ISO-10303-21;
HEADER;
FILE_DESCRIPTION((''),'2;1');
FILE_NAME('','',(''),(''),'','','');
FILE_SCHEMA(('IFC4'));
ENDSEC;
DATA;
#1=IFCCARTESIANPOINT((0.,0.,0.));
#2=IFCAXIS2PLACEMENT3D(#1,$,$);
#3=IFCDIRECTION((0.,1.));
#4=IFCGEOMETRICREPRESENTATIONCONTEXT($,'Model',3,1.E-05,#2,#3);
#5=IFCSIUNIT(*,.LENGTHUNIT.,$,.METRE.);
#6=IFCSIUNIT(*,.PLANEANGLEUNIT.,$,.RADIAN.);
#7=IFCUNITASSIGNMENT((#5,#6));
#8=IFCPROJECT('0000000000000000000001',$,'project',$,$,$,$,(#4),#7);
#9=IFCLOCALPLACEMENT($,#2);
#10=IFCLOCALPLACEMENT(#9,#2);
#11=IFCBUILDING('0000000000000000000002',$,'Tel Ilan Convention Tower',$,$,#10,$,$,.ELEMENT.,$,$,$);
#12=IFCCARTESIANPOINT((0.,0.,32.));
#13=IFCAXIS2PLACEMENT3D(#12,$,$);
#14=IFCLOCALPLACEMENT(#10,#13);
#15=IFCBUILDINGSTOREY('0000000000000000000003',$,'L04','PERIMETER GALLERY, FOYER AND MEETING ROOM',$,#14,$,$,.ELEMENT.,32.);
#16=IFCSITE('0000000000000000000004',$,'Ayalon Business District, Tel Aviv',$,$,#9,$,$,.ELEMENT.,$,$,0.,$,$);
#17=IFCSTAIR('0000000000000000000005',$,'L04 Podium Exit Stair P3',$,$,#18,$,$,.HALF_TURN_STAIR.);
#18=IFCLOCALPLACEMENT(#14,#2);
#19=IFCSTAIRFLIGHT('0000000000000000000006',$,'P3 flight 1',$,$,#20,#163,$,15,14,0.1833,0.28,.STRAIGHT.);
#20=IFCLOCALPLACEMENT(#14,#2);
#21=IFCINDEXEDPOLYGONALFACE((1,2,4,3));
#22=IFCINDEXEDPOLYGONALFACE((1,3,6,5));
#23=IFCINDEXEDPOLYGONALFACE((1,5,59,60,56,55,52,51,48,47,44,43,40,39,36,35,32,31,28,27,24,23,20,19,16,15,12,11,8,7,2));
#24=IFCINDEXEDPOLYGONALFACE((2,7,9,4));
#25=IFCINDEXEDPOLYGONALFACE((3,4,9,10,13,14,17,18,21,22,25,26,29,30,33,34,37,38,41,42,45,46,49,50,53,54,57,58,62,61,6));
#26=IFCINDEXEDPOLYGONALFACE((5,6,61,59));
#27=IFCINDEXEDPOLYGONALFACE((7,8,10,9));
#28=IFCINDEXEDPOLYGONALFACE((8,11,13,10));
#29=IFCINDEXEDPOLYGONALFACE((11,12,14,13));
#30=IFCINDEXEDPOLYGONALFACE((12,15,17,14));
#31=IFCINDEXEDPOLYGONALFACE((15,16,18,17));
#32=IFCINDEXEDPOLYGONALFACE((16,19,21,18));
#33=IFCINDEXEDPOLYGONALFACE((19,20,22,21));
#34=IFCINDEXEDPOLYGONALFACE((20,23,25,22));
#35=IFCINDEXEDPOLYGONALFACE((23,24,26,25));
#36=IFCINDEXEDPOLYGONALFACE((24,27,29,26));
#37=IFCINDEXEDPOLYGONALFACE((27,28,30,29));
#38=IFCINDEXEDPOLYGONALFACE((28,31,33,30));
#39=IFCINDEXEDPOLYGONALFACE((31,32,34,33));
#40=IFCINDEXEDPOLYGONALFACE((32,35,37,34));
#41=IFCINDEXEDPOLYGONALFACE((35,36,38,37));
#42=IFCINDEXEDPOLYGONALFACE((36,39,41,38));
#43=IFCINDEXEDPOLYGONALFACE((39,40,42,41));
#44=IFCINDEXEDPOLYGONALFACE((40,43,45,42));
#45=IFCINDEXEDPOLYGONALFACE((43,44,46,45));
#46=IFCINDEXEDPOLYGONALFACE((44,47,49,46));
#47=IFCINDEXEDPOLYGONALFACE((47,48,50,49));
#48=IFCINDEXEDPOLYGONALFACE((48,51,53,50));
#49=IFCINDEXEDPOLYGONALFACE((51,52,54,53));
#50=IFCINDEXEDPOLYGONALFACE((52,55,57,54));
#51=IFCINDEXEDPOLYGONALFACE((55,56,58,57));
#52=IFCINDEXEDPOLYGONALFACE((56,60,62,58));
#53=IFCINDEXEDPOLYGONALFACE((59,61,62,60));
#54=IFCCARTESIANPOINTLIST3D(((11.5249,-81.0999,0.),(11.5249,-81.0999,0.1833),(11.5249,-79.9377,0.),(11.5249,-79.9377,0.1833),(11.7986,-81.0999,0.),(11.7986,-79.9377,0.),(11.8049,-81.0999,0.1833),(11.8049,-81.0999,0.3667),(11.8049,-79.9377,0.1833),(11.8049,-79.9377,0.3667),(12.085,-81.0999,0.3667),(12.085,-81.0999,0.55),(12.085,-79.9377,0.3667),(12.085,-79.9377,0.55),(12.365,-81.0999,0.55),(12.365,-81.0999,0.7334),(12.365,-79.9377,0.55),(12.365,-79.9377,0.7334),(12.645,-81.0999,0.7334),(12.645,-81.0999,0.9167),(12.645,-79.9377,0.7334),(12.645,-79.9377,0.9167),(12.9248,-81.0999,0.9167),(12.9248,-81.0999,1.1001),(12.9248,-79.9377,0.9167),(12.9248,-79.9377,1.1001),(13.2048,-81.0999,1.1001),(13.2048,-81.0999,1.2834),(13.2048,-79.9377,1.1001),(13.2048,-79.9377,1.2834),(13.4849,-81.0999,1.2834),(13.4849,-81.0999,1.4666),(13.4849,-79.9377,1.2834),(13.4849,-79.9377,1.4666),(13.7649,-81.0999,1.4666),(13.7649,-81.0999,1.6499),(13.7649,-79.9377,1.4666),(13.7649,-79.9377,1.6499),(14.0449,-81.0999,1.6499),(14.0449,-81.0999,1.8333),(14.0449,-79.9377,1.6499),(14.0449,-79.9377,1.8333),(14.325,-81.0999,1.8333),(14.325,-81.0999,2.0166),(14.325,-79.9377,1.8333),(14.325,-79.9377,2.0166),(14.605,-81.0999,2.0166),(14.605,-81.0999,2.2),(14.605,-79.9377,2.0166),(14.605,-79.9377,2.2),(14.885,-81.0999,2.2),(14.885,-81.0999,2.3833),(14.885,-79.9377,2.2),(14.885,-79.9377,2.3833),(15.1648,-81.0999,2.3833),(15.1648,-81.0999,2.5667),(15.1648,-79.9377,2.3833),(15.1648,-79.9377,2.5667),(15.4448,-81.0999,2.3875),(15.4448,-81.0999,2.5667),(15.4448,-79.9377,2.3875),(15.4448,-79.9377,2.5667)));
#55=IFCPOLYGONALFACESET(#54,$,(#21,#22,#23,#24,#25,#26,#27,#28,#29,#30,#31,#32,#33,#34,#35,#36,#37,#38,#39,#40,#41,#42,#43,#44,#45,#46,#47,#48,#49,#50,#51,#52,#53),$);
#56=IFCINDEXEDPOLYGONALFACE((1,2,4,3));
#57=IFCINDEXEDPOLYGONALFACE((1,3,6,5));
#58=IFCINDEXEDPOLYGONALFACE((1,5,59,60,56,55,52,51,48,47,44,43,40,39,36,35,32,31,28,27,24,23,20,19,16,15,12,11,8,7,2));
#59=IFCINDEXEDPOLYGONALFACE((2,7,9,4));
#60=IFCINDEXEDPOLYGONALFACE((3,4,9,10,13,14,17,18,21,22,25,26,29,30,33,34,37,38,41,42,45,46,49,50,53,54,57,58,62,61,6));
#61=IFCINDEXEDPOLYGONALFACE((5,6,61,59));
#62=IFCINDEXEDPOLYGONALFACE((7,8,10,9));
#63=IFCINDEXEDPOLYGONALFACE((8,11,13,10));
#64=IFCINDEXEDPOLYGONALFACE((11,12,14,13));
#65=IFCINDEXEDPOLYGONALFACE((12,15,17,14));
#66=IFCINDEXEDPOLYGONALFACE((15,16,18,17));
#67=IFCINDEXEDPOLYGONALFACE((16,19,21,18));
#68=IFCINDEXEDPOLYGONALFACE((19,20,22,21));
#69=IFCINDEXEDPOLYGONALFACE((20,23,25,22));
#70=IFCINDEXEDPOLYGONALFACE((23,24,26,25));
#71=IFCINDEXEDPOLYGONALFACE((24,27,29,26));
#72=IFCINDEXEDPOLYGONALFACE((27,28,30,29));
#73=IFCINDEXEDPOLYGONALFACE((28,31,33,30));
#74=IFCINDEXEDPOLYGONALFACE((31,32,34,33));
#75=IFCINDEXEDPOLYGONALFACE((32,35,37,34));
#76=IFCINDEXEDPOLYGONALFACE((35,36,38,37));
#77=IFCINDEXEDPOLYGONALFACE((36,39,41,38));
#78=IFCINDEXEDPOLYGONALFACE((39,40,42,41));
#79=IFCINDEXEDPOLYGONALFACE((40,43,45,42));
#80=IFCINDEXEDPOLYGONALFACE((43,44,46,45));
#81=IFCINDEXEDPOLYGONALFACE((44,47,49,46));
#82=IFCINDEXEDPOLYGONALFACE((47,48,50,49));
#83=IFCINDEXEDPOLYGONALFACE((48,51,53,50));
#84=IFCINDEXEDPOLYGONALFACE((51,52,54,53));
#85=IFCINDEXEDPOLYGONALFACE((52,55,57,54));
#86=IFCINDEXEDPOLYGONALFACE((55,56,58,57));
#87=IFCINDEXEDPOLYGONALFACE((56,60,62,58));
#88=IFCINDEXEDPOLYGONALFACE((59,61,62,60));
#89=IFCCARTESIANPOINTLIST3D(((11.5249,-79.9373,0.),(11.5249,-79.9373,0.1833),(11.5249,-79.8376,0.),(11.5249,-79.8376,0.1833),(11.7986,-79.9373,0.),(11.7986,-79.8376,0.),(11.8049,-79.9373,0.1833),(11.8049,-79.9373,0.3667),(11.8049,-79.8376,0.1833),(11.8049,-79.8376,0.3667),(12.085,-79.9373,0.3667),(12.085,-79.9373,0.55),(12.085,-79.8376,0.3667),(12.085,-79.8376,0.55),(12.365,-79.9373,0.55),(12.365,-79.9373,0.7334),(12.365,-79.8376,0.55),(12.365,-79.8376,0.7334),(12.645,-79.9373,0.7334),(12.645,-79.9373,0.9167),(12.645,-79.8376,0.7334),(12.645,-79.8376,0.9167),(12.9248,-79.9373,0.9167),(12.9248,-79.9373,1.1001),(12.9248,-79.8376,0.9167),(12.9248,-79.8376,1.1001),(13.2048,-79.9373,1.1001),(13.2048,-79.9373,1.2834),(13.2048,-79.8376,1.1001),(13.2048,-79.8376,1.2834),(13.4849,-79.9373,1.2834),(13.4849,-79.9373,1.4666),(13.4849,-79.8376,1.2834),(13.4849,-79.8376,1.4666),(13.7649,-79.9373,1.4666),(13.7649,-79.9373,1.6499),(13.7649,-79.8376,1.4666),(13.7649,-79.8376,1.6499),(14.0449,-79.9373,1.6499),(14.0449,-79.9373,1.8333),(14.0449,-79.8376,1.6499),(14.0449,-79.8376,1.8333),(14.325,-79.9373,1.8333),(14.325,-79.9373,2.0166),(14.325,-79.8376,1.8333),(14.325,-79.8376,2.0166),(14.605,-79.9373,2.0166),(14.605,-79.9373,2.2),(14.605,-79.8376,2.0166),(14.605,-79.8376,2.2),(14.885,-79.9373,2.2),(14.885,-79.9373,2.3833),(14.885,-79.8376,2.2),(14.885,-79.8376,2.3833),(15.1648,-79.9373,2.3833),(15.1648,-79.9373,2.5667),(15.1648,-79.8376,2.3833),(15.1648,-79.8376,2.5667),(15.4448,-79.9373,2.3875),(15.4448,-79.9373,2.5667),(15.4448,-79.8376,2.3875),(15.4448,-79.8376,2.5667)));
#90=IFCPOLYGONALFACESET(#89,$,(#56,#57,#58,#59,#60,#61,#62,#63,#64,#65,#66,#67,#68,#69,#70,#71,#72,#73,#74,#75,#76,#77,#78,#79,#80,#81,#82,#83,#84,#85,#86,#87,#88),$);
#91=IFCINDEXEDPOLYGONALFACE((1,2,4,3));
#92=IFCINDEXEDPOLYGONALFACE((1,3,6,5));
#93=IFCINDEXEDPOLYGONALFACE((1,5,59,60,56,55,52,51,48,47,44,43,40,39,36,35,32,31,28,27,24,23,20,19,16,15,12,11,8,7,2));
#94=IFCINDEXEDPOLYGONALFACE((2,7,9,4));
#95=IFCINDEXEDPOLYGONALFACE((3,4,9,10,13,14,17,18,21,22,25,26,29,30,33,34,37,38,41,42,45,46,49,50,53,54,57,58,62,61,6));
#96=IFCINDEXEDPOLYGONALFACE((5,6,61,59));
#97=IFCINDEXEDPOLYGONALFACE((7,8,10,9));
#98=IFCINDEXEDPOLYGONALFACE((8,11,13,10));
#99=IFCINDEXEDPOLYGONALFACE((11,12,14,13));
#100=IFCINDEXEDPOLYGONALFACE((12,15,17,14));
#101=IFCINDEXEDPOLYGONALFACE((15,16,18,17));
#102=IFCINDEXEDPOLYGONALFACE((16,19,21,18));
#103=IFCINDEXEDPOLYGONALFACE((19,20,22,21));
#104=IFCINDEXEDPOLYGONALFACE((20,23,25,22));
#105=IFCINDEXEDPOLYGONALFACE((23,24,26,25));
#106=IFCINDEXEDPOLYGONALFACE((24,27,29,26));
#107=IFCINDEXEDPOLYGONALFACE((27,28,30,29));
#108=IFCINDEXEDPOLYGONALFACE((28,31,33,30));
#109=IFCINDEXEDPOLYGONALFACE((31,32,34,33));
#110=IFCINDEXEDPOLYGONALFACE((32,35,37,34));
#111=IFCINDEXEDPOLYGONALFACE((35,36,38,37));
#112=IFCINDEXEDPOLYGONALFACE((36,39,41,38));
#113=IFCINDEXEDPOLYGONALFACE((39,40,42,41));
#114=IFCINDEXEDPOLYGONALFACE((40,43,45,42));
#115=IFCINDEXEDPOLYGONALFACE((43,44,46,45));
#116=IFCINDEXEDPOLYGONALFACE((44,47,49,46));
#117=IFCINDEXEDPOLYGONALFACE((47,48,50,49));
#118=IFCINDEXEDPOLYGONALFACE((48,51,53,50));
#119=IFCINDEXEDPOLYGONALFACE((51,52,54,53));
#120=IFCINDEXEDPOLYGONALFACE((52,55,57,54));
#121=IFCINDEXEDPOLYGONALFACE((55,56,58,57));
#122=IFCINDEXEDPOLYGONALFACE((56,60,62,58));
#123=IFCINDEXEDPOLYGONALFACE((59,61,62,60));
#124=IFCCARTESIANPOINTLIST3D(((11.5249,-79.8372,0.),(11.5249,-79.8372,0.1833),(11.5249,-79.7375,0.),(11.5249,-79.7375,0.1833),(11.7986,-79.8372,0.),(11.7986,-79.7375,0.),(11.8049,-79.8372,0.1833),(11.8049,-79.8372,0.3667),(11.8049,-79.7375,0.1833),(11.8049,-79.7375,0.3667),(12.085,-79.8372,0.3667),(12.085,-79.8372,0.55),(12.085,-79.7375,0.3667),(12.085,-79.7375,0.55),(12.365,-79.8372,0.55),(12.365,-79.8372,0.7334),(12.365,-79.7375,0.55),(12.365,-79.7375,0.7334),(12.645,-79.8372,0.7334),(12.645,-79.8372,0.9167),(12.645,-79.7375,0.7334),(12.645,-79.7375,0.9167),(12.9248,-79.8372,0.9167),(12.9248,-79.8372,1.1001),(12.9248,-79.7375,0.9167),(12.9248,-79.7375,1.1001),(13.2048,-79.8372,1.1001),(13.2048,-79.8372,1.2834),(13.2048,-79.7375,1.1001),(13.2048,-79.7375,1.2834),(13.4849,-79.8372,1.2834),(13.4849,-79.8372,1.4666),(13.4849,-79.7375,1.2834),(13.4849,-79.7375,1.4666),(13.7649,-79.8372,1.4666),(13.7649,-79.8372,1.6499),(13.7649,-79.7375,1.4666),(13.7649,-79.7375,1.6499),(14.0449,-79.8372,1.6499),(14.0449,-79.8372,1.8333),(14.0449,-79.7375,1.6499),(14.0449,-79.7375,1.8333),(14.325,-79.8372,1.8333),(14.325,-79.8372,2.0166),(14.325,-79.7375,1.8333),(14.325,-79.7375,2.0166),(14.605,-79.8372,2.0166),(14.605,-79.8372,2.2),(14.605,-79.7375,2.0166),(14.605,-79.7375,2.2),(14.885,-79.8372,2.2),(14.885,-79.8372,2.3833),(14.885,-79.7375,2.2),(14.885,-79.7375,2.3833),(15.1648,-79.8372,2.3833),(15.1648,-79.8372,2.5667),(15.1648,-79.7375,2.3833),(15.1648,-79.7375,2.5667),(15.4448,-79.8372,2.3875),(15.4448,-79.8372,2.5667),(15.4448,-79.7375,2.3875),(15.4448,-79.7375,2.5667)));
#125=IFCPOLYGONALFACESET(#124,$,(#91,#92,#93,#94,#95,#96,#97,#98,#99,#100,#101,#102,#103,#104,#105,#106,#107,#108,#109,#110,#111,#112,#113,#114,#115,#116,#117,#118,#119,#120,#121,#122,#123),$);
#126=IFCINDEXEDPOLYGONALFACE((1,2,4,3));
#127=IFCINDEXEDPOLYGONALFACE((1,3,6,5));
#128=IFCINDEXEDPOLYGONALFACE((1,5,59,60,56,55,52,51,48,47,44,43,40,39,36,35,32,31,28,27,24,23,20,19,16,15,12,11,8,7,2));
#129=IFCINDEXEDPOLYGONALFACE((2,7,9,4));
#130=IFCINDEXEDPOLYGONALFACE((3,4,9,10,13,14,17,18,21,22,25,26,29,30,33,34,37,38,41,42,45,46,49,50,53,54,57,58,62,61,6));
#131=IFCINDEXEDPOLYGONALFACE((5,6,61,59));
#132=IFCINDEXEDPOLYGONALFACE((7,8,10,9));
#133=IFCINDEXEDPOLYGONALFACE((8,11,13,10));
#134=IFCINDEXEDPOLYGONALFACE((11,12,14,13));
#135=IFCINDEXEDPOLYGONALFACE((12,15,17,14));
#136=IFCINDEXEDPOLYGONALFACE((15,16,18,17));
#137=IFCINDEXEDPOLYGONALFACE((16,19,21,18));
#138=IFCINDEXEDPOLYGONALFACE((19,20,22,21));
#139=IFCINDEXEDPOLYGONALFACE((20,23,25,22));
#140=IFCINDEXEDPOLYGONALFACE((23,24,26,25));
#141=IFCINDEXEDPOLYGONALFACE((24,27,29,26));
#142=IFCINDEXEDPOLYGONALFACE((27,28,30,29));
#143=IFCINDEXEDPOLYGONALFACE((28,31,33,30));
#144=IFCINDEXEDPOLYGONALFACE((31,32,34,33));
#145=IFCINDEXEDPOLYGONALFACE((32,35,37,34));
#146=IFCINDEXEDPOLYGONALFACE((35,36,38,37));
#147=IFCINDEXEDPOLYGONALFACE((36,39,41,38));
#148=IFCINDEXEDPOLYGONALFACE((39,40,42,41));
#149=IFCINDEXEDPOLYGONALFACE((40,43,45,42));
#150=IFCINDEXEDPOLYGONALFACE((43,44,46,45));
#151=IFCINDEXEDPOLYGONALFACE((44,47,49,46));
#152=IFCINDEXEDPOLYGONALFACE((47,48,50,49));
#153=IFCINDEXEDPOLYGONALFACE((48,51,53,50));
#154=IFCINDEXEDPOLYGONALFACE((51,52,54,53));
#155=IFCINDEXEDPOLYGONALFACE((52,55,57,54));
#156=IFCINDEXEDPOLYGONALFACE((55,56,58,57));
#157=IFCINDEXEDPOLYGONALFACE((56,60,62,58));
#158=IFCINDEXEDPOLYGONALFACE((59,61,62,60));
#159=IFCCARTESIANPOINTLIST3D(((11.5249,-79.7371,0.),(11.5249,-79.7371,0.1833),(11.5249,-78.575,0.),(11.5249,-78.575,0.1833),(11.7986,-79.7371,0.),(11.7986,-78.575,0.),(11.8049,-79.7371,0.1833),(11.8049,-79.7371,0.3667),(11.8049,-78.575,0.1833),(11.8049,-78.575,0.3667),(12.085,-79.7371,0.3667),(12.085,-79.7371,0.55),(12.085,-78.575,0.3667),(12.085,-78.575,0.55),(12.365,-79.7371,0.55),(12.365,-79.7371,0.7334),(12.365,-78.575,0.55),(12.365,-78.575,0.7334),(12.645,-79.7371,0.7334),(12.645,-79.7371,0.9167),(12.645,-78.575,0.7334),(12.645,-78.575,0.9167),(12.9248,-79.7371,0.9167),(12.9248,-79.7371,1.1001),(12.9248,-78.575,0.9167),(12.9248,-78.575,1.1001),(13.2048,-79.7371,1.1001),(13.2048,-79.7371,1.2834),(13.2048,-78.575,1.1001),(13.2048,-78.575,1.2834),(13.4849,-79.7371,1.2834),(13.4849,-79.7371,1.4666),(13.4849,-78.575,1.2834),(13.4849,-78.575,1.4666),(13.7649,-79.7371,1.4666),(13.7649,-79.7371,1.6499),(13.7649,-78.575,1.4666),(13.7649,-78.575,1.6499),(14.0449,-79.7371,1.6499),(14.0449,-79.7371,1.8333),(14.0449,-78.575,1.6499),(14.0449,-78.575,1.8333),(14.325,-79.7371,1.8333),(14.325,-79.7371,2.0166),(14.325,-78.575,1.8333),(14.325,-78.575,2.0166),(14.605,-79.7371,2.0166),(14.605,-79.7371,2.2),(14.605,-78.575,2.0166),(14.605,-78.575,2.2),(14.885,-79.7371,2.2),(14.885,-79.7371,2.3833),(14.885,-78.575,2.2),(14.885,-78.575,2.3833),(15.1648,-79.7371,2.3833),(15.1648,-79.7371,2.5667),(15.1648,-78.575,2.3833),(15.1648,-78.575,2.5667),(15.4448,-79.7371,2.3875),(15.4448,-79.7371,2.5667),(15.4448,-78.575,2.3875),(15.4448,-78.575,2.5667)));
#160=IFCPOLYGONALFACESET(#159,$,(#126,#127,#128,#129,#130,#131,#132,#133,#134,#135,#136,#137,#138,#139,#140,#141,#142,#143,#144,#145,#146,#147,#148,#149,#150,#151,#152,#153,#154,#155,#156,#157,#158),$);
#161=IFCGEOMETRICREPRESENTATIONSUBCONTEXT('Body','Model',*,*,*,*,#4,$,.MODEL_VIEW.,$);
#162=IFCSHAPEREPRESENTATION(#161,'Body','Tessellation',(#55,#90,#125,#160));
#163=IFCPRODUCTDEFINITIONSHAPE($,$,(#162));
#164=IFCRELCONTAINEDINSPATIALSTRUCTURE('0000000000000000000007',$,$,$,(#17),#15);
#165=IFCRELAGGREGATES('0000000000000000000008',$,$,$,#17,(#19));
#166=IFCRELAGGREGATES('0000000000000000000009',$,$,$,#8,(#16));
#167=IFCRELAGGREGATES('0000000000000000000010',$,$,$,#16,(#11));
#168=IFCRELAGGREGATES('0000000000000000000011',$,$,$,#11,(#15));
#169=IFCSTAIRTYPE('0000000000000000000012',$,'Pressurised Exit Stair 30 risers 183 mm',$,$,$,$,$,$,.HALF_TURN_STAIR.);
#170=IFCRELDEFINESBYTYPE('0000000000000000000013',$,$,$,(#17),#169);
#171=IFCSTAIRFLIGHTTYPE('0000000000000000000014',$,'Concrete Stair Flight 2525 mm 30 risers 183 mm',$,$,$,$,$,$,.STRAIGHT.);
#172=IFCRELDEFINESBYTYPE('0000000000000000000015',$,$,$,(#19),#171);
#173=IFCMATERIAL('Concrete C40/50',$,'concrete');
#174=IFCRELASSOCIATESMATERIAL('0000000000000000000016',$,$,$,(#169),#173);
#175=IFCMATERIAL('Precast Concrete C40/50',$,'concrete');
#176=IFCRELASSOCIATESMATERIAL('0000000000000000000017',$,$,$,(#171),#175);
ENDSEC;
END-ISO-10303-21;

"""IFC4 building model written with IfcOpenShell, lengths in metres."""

from ifc_helpers import new_model, si_unit, direction, frame, origin, place, context, subcontext, project, spatial, polyline, outline, extrude, material, type_object, element, aggregate, save


model = new_model("IFC4")

# Units and contexts
model_context = context("Model", 3, precision=1e-05, world=origin(), true_north=direction((0.0, 1.0)))
body_context = subcontext(model_context, "Body", "Model", "MODEL_VIEW")
ifc_project = project(units=[si_unit("LENGTHUNIT", "METRE"), si_unit("PLANEANGLEUNIT", "RADIAN")], contexts=[model_context])

# Site, building, storey
site_placement = place(None, origin())
site = spatial("IfcSite", under=ifc_project, at=site_placement, Name="Ayalon Business District, Tel Aviv", CompositionType="ELEMENT", RefElevation=0.0)
building_placement = place(site_placement, origin())
building = spatial("IfcBuilding", under=site, at=building_placement, Name="Tel Ilan Convention Tower", CompositionType="ELEMENT")
storey_placement = place(building_placement, frame((0.0, 0.0, 32.0)))
storey = spatial("IfcBuildingStorey", under=building, at=storey_placement, Name="L04", Description="PERIMETER GALLERY, FOYER AND MEETING ROOM", CompositionType="ELEMENT", Elevation=32.0)

# Stair, stair flight
ifc_material_1 = material(Name="Concrete C40/50", Category="concrete")
stair_type = type_object("IfcStairType", Name="Pressurised Exit Stair 30 risers 183 mm", PredefinedType="HALF_TURN_STAIR", material=ifc_material_1)
stair_placement = place(storey_placement, origin())
stair = element("IfcStair", 1, at=stair_placement, inside=storey, type_object=stair_type, Name="L04 Podium Exit Stair P3", PredefinedType="HALF_TURN_STAIR")
ifc_material_2 = material(Name="Precast Concrete C40/50", Category="concrete")
stair_flight_type = type_object("IfcStairFlightType", Name="Concrete Stair Flight 2525 mm 30 risers 183 mm", PredefinedType="STRAIGHT", material=ifc_material_2)
stair_flight_1_placement = place(storey_placement, frame((11.5249, -79.8374, 0.0), z_axis=(0.0, 0.0, 1.0), x_axis=(1.0, 0.0, 0.0)))
stair_flight_1 = element("IfcStairFlight", 2, at=stair_flight_1_placement, type_object=stair_flight_type, Name="P3 flight 1", NumberOfRisers=15, NumberOfTreads=14, PredefinedType="STRAIGHT", RiserHeight=0.1833, TreadLength=0.28, context=body_context, shape_type="SweptSolid", body=[
    extrude(outline(polyline([(0.0, 0.0), (0.0, 0.1833), (0.28, 0.1833), (0.28, 0.3667), (0.5601, 0.3667), (0.5601, 0.55), (0.8401, 0.55), (0.8401, 0.7334), (1.1201, 0.7334), (1.1201, 0.9167), (1.3999, 0.9167), (1.3999, 1.1001), (1.6799, 1.1001), (1.6799, 1.2834), (1.96, 1.2834), (1.96, 1.4666), (2.24, 1.4666), (2.24, 1.6499), (2.52, 1.6499), (2.52, 1.8333), (2.8, 1.8333), (2.8, 2.0166), (3.0801, 2.0166), (3.0801, 2.2), (3.3601, 2.2), (3.3601, 2.3833), (3.6399, 2.3833), (3.6399, 2.5667), (3.9199, 2.5667), (3.9199, 2.75), (3.9199, 2.3875), (0.2737, 0.0), (0.0, 0.0)])), frame((0.0, -0.1003, 0.0), z_axis=(0.0, -1.0, 0.0), x_axis=(1.0, 0.0, 0.0)), (0.0, 0.0, 1.0), 1.1621),
    extrude(outline(polyline([(0.0, 0.0), (0.0, 0.1833), (0.28, 0.1833), (0.28, 0.3667), (0.5601, 0.3667), (0.5601, 0.55), (0.8401, 0.55), (0.8401, 0.7334), (1.1201, 0.7334), (1.1201, 0.9167), (1.3999, 0.9167), (1.3999, 1.1001), (1.6799, 1.1001), (1.6799, 1.2834), (1.96, 1.2834), (1.96, 1.4666), (2.24, 1.4666), (2.24, 1.6499), (2.52, 1.6499), (2.52, 1.8333), (2.8, 1.8333), (2.8, 2.0166), (3.0801, 2.0166), (3.0801, 2.2), (3.3601, 2.2), (3.3601, 2.3833), (3.6399, 2.3833), (3.6399, 2.5667), (3.9199, 2.5667), (3.9199, 2.75), (3.9199, 2.3875), (0.2737, 0.0), (0.0, 0.0)])), frame((0.0, -0.0002, 0.0), z_axis=(0.0, -1.0, 0.0), x_axis=(1.0, 0.0, 0.0)), (0.0, 0.0, 1.0), 0.0996),
    extrude(outline(polyline([(0.0, 0.0), (0.0, 0.1833), (0.28, 0.1833), (0.28, 0.3667), (0.5601, 0.3667), (0.5601, 0.55), (0.8401, 0.55), (0.8401, 0.7334), (1.1201, 0.7334), (1.1201, 0.9167), (1.3999, 0.9167), (1.3999, 1.1001), (1.6799, 1.1001), (1.6799, 1.2834), (1.96, 1.2834), (1.96, 1.4666), (2.24, 1.4666), (2.24, 1.6499), (2.52, 1.6499), (2.52, 1.8333), (2.8, 1.8333), (2.8, 2.0166), (3.0801, 2.0166), (3.0801, 2.2), (3.3601, 2.2), (3.3601, 2.3833), (3.6399, 2.3833), (3.6399, 2.5667), (3.9199, 2.5667), (3.9199, 2.75), (3.9199, 2.3875), (0.2737, 0.0), (0.0, 0.0)])), frame((0.0, 0.0999, 0.0), z_axis=(0.0, -1.0, 0.0), x_axis=(1.0, 0.0, 0.0)), (0.0, 0.0, 1.0), 0.0996),
    extrude(outline(polyline([(0.0, 0.0), (0.0, 0.1833), (0.28, 0.1833), (0.28, 0.3667), (0.5601, 0.3667), (0.5601, 0.55), (0.8401, 0.55), (0.8401, 0.7334), (1.1201, 0.7334), (1.1201, 0.9167), (1.3999, 0.9167), (1.3999, 1.1001), (1.6799, 1.1001), (1.6799, 1.2834), (1.96, 1.2834), (1.96, 1.4666), (2.24, 1.4666), (2.24, 1.6499), (2.52, 1.6499), (2.52, 1.8333), (2.8, 1.8333), (2.8, 2.0166), (3.0801, 2.0166), (3.0801, 2.2), (3.3601, 2.2), (3.3601, 2.3833), (3.6399, 2.3833), (3.6399, 2.5667), (3.9199, 2.5667), (3.9199, 2.75), (3.9199, 2.3875), (0.2737, 0.0), (0.0, 0.0)])), frame((0.0, 1.2625, 0.0), z_axis=(0.0, -1.0, 0.0), x_axis=(1.0, 0.0, 0.0)), (0.0, 0.0, 1.0), 1.1621),
])
aggregate(stair, [stair_flight_1])

save(model, "model.ifc")
